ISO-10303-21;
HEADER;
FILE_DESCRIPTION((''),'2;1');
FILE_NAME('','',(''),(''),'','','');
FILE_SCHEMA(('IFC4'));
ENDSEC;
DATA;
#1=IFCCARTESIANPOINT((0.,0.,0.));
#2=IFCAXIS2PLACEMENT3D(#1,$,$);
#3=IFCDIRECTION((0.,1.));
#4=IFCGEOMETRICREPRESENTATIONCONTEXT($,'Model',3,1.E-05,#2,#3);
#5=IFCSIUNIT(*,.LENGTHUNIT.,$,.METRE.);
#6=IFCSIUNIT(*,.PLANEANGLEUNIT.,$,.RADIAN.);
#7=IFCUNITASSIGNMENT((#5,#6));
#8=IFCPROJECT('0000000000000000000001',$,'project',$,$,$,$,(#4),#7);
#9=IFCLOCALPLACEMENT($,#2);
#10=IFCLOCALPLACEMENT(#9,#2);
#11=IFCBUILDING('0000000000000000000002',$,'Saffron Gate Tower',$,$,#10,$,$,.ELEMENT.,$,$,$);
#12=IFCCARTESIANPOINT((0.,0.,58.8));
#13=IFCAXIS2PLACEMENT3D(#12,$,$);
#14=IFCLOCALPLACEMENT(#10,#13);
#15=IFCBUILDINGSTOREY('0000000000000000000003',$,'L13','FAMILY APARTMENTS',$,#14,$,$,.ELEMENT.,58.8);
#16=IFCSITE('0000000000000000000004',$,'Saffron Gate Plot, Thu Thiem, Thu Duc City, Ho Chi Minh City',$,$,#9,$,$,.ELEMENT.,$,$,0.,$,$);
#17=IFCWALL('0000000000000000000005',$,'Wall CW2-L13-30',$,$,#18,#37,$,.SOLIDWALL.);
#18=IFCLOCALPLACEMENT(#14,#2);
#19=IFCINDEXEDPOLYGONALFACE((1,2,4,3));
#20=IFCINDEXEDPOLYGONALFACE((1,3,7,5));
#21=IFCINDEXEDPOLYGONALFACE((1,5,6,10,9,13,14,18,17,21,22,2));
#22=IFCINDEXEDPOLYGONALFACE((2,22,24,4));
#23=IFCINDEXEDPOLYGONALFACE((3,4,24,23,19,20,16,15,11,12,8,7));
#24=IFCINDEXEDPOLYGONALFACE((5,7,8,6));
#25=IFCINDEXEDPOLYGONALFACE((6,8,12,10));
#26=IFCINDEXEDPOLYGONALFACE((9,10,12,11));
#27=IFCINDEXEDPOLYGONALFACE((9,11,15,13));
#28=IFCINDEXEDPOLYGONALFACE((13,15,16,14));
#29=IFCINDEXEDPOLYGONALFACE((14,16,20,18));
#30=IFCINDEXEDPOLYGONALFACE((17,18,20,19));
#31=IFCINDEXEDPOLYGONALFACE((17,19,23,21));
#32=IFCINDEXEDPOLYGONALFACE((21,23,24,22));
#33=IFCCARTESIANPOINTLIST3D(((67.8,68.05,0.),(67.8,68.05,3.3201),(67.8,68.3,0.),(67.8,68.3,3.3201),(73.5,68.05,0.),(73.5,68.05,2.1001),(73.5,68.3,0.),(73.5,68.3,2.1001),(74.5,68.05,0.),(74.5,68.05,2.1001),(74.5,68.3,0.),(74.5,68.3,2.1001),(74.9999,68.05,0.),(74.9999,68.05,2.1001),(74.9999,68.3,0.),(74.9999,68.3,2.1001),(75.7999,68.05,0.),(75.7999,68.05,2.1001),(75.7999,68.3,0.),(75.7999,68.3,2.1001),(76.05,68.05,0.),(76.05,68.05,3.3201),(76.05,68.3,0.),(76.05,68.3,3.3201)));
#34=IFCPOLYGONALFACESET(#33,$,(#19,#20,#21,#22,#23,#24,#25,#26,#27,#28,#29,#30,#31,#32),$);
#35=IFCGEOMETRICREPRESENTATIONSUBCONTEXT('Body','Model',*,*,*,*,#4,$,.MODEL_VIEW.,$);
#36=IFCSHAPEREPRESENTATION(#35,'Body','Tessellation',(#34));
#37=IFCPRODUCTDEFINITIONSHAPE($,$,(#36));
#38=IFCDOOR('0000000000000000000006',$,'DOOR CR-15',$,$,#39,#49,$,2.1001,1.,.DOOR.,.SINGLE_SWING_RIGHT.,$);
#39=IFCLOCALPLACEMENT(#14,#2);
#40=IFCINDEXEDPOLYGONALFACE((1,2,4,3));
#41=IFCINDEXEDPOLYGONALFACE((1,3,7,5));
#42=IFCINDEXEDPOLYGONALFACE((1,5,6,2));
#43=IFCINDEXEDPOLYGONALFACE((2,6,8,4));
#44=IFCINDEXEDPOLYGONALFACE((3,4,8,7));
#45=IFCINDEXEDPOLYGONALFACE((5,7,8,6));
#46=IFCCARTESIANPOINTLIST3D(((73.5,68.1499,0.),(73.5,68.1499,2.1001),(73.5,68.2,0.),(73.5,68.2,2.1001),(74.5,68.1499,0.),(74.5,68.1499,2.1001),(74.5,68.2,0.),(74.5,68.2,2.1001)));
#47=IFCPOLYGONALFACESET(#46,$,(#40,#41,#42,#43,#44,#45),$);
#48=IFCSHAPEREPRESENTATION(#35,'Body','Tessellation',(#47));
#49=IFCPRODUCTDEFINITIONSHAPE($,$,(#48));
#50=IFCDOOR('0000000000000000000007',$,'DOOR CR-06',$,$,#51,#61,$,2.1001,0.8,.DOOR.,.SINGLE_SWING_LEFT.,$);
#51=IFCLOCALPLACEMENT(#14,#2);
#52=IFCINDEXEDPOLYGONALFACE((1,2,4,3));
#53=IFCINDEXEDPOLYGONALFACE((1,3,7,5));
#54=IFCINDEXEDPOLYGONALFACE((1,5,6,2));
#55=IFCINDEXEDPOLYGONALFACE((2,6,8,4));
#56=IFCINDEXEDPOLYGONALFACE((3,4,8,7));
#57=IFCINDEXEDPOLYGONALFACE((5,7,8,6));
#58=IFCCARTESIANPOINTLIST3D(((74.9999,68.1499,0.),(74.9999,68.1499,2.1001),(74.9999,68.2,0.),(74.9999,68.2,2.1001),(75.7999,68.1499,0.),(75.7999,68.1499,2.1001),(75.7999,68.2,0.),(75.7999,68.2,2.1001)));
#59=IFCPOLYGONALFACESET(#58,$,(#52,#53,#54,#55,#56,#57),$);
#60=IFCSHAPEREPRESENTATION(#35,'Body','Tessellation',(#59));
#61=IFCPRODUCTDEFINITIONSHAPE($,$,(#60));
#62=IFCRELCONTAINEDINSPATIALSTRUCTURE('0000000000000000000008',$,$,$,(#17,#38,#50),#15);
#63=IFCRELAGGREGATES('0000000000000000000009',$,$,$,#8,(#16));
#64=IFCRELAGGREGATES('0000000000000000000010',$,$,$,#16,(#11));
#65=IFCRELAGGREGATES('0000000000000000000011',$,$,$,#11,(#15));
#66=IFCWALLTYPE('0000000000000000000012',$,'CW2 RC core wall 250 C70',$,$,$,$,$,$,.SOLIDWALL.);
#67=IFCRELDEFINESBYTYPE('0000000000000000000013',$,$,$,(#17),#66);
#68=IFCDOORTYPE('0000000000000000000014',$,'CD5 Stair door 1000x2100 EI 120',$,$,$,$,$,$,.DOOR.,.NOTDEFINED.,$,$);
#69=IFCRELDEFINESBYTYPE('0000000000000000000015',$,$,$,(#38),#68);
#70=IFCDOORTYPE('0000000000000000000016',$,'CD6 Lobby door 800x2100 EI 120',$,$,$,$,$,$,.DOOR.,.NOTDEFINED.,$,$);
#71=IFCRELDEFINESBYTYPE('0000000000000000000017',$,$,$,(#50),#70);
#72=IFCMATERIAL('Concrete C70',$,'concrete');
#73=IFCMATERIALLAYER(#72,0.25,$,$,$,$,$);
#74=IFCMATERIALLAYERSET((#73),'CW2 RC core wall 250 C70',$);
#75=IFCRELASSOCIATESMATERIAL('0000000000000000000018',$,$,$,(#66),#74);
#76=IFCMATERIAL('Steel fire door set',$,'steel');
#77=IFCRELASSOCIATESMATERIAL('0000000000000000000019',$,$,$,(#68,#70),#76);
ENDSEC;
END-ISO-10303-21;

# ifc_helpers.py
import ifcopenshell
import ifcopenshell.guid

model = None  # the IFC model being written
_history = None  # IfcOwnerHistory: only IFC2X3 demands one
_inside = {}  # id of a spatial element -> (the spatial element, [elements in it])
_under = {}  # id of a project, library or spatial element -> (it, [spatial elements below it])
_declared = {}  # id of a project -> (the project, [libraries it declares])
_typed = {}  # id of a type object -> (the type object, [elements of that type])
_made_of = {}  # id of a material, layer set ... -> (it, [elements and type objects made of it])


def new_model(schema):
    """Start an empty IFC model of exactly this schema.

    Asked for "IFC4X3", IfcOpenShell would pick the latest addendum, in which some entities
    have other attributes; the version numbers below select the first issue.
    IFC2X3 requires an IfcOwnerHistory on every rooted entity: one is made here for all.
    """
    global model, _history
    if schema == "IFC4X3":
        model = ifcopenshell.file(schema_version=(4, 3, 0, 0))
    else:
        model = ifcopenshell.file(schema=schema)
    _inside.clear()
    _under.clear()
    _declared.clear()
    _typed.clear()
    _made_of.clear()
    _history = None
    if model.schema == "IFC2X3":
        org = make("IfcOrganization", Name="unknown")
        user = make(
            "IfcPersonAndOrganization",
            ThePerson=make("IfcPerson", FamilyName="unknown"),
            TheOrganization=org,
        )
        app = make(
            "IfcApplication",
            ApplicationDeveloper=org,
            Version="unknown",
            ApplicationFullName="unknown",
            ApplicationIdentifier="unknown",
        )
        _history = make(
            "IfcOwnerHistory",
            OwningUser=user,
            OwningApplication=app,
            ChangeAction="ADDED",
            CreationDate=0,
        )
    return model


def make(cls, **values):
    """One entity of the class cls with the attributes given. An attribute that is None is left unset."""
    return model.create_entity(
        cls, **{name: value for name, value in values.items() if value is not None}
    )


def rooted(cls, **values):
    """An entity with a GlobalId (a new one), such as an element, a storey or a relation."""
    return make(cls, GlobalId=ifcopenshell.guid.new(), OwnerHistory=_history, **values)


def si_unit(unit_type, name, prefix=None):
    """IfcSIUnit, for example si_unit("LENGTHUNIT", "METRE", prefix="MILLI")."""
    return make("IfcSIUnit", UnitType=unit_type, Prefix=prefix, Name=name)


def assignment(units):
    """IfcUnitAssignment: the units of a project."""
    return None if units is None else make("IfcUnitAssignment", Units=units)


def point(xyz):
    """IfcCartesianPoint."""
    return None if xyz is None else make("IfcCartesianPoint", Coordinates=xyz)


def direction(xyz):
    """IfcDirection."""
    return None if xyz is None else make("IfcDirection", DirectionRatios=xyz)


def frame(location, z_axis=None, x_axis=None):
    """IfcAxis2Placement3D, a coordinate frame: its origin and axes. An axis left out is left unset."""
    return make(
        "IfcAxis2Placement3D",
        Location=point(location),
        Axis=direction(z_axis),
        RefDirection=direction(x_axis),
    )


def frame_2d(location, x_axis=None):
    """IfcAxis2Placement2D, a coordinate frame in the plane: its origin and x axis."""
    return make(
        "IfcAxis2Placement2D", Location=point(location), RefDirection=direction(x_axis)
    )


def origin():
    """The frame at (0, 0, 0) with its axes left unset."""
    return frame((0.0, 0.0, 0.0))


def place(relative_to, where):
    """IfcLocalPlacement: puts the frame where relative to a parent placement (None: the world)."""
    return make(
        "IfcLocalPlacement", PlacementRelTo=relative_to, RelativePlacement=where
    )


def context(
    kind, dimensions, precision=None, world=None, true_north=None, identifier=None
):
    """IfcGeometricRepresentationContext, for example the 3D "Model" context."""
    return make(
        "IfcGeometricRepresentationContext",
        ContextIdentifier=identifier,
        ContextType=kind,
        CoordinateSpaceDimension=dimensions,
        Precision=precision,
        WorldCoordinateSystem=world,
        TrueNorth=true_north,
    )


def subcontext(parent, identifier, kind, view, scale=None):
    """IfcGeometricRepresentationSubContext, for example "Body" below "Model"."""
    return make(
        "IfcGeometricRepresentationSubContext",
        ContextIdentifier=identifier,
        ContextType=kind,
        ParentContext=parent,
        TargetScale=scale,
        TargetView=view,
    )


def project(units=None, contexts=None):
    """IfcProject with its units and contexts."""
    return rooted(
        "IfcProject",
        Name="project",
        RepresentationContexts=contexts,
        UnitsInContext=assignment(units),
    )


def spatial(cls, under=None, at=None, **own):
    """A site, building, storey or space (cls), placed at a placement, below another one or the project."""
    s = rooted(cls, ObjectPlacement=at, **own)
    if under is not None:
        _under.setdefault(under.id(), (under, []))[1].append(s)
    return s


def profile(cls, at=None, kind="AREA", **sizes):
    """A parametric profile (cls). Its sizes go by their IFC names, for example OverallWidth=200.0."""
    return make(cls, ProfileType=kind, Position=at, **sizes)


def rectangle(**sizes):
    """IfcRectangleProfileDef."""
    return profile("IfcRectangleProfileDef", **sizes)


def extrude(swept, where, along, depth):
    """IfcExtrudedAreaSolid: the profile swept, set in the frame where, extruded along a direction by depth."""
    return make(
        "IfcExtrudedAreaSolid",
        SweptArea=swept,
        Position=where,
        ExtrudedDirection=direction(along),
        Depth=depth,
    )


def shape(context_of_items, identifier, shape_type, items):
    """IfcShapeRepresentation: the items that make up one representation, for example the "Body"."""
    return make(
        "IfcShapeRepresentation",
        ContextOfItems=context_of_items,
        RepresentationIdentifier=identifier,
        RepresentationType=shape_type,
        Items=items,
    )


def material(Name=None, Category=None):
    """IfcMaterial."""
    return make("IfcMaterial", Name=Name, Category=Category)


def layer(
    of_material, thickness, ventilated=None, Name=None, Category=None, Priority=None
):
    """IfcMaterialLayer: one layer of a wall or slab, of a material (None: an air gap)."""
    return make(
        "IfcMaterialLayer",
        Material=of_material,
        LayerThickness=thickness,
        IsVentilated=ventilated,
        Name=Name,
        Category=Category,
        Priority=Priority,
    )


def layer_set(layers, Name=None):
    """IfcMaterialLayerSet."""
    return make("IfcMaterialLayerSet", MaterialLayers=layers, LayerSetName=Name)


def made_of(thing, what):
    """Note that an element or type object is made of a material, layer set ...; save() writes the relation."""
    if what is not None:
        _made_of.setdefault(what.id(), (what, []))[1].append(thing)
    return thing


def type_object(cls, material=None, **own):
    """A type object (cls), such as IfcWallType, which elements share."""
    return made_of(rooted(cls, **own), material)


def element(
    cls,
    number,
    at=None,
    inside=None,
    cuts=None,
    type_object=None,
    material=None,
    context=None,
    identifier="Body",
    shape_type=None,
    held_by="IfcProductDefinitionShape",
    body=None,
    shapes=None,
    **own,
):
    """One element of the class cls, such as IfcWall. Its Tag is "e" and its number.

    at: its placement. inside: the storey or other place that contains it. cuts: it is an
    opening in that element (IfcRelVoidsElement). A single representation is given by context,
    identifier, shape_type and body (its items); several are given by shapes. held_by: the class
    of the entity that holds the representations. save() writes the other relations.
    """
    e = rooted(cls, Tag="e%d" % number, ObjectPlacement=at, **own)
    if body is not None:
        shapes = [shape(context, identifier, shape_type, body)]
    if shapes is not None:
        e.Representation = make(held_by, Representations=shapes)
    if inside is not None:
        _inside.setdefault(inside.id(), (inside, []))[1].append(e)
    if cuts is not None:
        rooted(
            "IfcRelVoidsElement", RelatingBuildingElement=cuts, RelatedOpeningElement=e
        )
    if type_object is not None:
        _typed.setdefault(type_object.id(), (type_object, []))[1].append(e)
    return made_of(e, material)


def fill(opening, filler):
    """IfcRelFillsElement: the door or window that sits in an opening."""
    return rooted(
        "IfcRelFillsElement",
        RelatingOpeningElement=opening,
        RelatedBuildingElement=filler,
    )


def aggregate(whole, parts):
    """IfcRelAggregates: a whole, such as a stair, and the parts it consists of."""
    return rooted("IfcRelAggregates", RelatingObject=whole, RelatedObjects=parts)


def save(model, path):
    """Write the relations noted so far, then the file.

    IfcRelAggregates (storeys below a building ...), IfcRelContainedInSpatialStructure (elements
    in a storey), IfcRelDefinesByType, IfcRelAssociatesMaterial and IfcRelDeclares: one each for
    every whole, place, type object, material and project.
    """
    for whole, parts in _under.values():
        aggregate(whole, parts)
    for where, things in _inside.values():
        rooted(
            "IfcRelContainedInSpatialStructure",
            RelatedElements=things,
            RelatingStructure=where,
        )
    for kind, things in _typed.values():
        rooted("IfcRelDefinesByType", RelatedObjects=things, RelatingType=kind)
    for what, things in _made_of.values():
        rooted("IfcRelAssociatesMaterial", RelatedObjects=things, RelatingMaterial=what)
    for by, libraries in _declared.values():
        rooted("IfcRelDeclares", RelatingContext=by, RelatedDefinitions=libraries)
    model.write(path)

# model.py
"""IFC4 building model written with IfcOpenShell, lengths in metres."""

from ifc_helpers import new_model, si_unit, direction, frame, frame_2d, origin, place, context, subcontext, project, spatial, rectangle, extrude, material, layer, layer_set, type_object, element, fill, save


model = new_model("IFC4")

# Units and contexts
model_context = context("Model", 3, precision=1e-05, world=origin(), true_north=direction((0.0, 1.0)))
body_context = subcontext(model_context, "Body", "Model", "MODEL_VIEW")
ifc_project = project(units=[si_unit("LENGTHUNIT", "METRE"), si_unit("PLANEANGLEUNIT", "RADIAN")], contexts=[model_context])

# Site, building, storey
site_placement = place(None, origin())
site = spatial("IfcSite", under=ifc_project, at=site_placement, Name="Saffron Gate Plot, Thu Thiem, Thu Duc City, Ho Chi Minh City", CompositionType="ELEMENT", RefElevation=0.0)
building_placement = place(site_placement, origin())
building = spatial("IfcBuilding", under=site, at=building_placement, Name="Saffron Gate Tower", CompositionType="ELEMENT")
storey_placement = place(building_placement, frame((0.0, 0.0, 58.8)))
storey = spatial("IfcBuildingStorey", under=building, at=storey_placement, Name="L13", Description="FAMILY APARTMENTS", CompositionType="ELEMENT", Elevation=58.8)

# Wall, openings, doors
ifc_material_1 = material(Name="Concrete C70", Category="concrete")
ifc_layer_1 = layer(ifc_material_1, 0.25)
ifc_layer_set_1 = layer_set([ifc_layer_1], Name="CW2 RC core wall 250 C70")
wall_type_1 = type_object("IfcWallType", Name="CW2 RC core wall 250 C70", PredefinedType="SOLIDWALL", material=ifc_layer_set_1)
wall_1_placement = place(storey_placement, frame((67.8, 68.175, 0.0), z_axis=(0.0, 0.0, 1.0), x_axis=(1.0, 0.0, 0.0)))
wall_1 = element("IfcWall", 1, at=wall_1_placement, inside=storey, type_object=wall_type_1, Name="Wall CW2-L13-30", PredefinedType="SOLIDWALL", context=body_context, shape_type="SweptSolid", body=[
    extrude(rectangle(XDim=8.25, YDim=0.25, at=frame_2d((4.125, 0.0))), origin(), (0.0, 0.0, 1.0), 3.3201),
])
opening_1_placement = place(wall_1_placement, frame((5.7, 0.0, 0.0)))
opening_1 = element("IfcOpeningElement", 2, at=opening_1_placement, cuts=wall_1, PredefinedType="OPENING", context=body_context, shape_type="SweptSolid", body=[
    extrude(rectangle(XDim=1.0, YDim=2.1001, at=frame_2d((0.5, 1.05))), frame((0.0, 0.135, 0.0), z_axis=(0.0, -1.0, 0.0), x_axis=(1.0, 0.0, 0.0)), (0.0, 0.0, 1.0), 0.27),
])
opening_2_placement = place(wall_1_placement, frame((7.2, 0.0, 0.0)))
opening_2 = element("IfcOpeningElement", 3, at=opening_2_placement, cuts=wall_1, PredefinedType="OPENING", context=body_context, shape_type="SweptSolid", body=[
    extrude(rectangle(XDim=0.8, YDim=2.1001, at=frame_2d((0.3999, 1.05))), frame((0.0, 0.135, 0.0), z_axis=(0.0, -1.0, 0.0), x_axis=(1.0, 0.0, 0.0)), (0.0, 0.0, 1.0), 0.27),
])
ifc_material_2 = material(Name="Steel fire door set", Category="steel")
door_type_1 = type_object("IfcDoorType", Name="CD5 Stair door 1000x2100 EI 120", OperationType="NOTDEFINED", PredefinedType="DOOR", material=ifc_material_2)
door_1_placement = place(opening_1_placement, origin())
door_1 = element("IfcDoor", 4, at=door_1_placement, inside=storey, type_object=door_type_1, Name="DOOR CR-15", OperationType="SINGLE_SWING_RIGHT", OverallHeight=2.1001, OverallWidth=1.0, PredefinedType="DOOR", context=body_context, shape_type="SweptSolid", body=[
    extrude(rectangle(XDim=1.0, YDim=2.1001, at=frame_2d((0.5, 1.05))), frame((0.0, 0.0249, 0.0), z_axis=(0.0, -1.0, 0.0), x_axis=(1.0, 0.0, 0.0)), (0.0, 0.0, 1.0), 0.05),
])
fill(opening_1, door_1)
door_type_2 = type_object("IfcDoorType", Name="CD6 Lobby door 800x2100 EI 120", OperationType="NOTDEFINED", PredefinedType="DOOR", material=ifc_material_2)
door_2_placement = place(opening_2_placement, origin())
door_2 = element("IfcDoor", 5, at=door_2_placement, inside=storey, type_object=door_type_2, Name="DOOR CR-06", OperationType="SINGLE_SWING_LEFT", OverallHeight=2.1001, OverallWidth=0.8, PredefinedType="DOOR", context=body_context, shape_type="SweptSolid", body=[
    extrude(rectangle(XDim=0.8, YDim=2.1001, at=frame_2d((0.3999, 1.05))), frame((0.0, 0.0249, 0.0), z_axis=(0.0, -1.0, 0.0), x_axis=(1.0, 0.0, 0.0)), (0.0, 0.0, 1.0), 0.05),
])
fill(opening_2, door_2)

save(model, "model.ifc")
